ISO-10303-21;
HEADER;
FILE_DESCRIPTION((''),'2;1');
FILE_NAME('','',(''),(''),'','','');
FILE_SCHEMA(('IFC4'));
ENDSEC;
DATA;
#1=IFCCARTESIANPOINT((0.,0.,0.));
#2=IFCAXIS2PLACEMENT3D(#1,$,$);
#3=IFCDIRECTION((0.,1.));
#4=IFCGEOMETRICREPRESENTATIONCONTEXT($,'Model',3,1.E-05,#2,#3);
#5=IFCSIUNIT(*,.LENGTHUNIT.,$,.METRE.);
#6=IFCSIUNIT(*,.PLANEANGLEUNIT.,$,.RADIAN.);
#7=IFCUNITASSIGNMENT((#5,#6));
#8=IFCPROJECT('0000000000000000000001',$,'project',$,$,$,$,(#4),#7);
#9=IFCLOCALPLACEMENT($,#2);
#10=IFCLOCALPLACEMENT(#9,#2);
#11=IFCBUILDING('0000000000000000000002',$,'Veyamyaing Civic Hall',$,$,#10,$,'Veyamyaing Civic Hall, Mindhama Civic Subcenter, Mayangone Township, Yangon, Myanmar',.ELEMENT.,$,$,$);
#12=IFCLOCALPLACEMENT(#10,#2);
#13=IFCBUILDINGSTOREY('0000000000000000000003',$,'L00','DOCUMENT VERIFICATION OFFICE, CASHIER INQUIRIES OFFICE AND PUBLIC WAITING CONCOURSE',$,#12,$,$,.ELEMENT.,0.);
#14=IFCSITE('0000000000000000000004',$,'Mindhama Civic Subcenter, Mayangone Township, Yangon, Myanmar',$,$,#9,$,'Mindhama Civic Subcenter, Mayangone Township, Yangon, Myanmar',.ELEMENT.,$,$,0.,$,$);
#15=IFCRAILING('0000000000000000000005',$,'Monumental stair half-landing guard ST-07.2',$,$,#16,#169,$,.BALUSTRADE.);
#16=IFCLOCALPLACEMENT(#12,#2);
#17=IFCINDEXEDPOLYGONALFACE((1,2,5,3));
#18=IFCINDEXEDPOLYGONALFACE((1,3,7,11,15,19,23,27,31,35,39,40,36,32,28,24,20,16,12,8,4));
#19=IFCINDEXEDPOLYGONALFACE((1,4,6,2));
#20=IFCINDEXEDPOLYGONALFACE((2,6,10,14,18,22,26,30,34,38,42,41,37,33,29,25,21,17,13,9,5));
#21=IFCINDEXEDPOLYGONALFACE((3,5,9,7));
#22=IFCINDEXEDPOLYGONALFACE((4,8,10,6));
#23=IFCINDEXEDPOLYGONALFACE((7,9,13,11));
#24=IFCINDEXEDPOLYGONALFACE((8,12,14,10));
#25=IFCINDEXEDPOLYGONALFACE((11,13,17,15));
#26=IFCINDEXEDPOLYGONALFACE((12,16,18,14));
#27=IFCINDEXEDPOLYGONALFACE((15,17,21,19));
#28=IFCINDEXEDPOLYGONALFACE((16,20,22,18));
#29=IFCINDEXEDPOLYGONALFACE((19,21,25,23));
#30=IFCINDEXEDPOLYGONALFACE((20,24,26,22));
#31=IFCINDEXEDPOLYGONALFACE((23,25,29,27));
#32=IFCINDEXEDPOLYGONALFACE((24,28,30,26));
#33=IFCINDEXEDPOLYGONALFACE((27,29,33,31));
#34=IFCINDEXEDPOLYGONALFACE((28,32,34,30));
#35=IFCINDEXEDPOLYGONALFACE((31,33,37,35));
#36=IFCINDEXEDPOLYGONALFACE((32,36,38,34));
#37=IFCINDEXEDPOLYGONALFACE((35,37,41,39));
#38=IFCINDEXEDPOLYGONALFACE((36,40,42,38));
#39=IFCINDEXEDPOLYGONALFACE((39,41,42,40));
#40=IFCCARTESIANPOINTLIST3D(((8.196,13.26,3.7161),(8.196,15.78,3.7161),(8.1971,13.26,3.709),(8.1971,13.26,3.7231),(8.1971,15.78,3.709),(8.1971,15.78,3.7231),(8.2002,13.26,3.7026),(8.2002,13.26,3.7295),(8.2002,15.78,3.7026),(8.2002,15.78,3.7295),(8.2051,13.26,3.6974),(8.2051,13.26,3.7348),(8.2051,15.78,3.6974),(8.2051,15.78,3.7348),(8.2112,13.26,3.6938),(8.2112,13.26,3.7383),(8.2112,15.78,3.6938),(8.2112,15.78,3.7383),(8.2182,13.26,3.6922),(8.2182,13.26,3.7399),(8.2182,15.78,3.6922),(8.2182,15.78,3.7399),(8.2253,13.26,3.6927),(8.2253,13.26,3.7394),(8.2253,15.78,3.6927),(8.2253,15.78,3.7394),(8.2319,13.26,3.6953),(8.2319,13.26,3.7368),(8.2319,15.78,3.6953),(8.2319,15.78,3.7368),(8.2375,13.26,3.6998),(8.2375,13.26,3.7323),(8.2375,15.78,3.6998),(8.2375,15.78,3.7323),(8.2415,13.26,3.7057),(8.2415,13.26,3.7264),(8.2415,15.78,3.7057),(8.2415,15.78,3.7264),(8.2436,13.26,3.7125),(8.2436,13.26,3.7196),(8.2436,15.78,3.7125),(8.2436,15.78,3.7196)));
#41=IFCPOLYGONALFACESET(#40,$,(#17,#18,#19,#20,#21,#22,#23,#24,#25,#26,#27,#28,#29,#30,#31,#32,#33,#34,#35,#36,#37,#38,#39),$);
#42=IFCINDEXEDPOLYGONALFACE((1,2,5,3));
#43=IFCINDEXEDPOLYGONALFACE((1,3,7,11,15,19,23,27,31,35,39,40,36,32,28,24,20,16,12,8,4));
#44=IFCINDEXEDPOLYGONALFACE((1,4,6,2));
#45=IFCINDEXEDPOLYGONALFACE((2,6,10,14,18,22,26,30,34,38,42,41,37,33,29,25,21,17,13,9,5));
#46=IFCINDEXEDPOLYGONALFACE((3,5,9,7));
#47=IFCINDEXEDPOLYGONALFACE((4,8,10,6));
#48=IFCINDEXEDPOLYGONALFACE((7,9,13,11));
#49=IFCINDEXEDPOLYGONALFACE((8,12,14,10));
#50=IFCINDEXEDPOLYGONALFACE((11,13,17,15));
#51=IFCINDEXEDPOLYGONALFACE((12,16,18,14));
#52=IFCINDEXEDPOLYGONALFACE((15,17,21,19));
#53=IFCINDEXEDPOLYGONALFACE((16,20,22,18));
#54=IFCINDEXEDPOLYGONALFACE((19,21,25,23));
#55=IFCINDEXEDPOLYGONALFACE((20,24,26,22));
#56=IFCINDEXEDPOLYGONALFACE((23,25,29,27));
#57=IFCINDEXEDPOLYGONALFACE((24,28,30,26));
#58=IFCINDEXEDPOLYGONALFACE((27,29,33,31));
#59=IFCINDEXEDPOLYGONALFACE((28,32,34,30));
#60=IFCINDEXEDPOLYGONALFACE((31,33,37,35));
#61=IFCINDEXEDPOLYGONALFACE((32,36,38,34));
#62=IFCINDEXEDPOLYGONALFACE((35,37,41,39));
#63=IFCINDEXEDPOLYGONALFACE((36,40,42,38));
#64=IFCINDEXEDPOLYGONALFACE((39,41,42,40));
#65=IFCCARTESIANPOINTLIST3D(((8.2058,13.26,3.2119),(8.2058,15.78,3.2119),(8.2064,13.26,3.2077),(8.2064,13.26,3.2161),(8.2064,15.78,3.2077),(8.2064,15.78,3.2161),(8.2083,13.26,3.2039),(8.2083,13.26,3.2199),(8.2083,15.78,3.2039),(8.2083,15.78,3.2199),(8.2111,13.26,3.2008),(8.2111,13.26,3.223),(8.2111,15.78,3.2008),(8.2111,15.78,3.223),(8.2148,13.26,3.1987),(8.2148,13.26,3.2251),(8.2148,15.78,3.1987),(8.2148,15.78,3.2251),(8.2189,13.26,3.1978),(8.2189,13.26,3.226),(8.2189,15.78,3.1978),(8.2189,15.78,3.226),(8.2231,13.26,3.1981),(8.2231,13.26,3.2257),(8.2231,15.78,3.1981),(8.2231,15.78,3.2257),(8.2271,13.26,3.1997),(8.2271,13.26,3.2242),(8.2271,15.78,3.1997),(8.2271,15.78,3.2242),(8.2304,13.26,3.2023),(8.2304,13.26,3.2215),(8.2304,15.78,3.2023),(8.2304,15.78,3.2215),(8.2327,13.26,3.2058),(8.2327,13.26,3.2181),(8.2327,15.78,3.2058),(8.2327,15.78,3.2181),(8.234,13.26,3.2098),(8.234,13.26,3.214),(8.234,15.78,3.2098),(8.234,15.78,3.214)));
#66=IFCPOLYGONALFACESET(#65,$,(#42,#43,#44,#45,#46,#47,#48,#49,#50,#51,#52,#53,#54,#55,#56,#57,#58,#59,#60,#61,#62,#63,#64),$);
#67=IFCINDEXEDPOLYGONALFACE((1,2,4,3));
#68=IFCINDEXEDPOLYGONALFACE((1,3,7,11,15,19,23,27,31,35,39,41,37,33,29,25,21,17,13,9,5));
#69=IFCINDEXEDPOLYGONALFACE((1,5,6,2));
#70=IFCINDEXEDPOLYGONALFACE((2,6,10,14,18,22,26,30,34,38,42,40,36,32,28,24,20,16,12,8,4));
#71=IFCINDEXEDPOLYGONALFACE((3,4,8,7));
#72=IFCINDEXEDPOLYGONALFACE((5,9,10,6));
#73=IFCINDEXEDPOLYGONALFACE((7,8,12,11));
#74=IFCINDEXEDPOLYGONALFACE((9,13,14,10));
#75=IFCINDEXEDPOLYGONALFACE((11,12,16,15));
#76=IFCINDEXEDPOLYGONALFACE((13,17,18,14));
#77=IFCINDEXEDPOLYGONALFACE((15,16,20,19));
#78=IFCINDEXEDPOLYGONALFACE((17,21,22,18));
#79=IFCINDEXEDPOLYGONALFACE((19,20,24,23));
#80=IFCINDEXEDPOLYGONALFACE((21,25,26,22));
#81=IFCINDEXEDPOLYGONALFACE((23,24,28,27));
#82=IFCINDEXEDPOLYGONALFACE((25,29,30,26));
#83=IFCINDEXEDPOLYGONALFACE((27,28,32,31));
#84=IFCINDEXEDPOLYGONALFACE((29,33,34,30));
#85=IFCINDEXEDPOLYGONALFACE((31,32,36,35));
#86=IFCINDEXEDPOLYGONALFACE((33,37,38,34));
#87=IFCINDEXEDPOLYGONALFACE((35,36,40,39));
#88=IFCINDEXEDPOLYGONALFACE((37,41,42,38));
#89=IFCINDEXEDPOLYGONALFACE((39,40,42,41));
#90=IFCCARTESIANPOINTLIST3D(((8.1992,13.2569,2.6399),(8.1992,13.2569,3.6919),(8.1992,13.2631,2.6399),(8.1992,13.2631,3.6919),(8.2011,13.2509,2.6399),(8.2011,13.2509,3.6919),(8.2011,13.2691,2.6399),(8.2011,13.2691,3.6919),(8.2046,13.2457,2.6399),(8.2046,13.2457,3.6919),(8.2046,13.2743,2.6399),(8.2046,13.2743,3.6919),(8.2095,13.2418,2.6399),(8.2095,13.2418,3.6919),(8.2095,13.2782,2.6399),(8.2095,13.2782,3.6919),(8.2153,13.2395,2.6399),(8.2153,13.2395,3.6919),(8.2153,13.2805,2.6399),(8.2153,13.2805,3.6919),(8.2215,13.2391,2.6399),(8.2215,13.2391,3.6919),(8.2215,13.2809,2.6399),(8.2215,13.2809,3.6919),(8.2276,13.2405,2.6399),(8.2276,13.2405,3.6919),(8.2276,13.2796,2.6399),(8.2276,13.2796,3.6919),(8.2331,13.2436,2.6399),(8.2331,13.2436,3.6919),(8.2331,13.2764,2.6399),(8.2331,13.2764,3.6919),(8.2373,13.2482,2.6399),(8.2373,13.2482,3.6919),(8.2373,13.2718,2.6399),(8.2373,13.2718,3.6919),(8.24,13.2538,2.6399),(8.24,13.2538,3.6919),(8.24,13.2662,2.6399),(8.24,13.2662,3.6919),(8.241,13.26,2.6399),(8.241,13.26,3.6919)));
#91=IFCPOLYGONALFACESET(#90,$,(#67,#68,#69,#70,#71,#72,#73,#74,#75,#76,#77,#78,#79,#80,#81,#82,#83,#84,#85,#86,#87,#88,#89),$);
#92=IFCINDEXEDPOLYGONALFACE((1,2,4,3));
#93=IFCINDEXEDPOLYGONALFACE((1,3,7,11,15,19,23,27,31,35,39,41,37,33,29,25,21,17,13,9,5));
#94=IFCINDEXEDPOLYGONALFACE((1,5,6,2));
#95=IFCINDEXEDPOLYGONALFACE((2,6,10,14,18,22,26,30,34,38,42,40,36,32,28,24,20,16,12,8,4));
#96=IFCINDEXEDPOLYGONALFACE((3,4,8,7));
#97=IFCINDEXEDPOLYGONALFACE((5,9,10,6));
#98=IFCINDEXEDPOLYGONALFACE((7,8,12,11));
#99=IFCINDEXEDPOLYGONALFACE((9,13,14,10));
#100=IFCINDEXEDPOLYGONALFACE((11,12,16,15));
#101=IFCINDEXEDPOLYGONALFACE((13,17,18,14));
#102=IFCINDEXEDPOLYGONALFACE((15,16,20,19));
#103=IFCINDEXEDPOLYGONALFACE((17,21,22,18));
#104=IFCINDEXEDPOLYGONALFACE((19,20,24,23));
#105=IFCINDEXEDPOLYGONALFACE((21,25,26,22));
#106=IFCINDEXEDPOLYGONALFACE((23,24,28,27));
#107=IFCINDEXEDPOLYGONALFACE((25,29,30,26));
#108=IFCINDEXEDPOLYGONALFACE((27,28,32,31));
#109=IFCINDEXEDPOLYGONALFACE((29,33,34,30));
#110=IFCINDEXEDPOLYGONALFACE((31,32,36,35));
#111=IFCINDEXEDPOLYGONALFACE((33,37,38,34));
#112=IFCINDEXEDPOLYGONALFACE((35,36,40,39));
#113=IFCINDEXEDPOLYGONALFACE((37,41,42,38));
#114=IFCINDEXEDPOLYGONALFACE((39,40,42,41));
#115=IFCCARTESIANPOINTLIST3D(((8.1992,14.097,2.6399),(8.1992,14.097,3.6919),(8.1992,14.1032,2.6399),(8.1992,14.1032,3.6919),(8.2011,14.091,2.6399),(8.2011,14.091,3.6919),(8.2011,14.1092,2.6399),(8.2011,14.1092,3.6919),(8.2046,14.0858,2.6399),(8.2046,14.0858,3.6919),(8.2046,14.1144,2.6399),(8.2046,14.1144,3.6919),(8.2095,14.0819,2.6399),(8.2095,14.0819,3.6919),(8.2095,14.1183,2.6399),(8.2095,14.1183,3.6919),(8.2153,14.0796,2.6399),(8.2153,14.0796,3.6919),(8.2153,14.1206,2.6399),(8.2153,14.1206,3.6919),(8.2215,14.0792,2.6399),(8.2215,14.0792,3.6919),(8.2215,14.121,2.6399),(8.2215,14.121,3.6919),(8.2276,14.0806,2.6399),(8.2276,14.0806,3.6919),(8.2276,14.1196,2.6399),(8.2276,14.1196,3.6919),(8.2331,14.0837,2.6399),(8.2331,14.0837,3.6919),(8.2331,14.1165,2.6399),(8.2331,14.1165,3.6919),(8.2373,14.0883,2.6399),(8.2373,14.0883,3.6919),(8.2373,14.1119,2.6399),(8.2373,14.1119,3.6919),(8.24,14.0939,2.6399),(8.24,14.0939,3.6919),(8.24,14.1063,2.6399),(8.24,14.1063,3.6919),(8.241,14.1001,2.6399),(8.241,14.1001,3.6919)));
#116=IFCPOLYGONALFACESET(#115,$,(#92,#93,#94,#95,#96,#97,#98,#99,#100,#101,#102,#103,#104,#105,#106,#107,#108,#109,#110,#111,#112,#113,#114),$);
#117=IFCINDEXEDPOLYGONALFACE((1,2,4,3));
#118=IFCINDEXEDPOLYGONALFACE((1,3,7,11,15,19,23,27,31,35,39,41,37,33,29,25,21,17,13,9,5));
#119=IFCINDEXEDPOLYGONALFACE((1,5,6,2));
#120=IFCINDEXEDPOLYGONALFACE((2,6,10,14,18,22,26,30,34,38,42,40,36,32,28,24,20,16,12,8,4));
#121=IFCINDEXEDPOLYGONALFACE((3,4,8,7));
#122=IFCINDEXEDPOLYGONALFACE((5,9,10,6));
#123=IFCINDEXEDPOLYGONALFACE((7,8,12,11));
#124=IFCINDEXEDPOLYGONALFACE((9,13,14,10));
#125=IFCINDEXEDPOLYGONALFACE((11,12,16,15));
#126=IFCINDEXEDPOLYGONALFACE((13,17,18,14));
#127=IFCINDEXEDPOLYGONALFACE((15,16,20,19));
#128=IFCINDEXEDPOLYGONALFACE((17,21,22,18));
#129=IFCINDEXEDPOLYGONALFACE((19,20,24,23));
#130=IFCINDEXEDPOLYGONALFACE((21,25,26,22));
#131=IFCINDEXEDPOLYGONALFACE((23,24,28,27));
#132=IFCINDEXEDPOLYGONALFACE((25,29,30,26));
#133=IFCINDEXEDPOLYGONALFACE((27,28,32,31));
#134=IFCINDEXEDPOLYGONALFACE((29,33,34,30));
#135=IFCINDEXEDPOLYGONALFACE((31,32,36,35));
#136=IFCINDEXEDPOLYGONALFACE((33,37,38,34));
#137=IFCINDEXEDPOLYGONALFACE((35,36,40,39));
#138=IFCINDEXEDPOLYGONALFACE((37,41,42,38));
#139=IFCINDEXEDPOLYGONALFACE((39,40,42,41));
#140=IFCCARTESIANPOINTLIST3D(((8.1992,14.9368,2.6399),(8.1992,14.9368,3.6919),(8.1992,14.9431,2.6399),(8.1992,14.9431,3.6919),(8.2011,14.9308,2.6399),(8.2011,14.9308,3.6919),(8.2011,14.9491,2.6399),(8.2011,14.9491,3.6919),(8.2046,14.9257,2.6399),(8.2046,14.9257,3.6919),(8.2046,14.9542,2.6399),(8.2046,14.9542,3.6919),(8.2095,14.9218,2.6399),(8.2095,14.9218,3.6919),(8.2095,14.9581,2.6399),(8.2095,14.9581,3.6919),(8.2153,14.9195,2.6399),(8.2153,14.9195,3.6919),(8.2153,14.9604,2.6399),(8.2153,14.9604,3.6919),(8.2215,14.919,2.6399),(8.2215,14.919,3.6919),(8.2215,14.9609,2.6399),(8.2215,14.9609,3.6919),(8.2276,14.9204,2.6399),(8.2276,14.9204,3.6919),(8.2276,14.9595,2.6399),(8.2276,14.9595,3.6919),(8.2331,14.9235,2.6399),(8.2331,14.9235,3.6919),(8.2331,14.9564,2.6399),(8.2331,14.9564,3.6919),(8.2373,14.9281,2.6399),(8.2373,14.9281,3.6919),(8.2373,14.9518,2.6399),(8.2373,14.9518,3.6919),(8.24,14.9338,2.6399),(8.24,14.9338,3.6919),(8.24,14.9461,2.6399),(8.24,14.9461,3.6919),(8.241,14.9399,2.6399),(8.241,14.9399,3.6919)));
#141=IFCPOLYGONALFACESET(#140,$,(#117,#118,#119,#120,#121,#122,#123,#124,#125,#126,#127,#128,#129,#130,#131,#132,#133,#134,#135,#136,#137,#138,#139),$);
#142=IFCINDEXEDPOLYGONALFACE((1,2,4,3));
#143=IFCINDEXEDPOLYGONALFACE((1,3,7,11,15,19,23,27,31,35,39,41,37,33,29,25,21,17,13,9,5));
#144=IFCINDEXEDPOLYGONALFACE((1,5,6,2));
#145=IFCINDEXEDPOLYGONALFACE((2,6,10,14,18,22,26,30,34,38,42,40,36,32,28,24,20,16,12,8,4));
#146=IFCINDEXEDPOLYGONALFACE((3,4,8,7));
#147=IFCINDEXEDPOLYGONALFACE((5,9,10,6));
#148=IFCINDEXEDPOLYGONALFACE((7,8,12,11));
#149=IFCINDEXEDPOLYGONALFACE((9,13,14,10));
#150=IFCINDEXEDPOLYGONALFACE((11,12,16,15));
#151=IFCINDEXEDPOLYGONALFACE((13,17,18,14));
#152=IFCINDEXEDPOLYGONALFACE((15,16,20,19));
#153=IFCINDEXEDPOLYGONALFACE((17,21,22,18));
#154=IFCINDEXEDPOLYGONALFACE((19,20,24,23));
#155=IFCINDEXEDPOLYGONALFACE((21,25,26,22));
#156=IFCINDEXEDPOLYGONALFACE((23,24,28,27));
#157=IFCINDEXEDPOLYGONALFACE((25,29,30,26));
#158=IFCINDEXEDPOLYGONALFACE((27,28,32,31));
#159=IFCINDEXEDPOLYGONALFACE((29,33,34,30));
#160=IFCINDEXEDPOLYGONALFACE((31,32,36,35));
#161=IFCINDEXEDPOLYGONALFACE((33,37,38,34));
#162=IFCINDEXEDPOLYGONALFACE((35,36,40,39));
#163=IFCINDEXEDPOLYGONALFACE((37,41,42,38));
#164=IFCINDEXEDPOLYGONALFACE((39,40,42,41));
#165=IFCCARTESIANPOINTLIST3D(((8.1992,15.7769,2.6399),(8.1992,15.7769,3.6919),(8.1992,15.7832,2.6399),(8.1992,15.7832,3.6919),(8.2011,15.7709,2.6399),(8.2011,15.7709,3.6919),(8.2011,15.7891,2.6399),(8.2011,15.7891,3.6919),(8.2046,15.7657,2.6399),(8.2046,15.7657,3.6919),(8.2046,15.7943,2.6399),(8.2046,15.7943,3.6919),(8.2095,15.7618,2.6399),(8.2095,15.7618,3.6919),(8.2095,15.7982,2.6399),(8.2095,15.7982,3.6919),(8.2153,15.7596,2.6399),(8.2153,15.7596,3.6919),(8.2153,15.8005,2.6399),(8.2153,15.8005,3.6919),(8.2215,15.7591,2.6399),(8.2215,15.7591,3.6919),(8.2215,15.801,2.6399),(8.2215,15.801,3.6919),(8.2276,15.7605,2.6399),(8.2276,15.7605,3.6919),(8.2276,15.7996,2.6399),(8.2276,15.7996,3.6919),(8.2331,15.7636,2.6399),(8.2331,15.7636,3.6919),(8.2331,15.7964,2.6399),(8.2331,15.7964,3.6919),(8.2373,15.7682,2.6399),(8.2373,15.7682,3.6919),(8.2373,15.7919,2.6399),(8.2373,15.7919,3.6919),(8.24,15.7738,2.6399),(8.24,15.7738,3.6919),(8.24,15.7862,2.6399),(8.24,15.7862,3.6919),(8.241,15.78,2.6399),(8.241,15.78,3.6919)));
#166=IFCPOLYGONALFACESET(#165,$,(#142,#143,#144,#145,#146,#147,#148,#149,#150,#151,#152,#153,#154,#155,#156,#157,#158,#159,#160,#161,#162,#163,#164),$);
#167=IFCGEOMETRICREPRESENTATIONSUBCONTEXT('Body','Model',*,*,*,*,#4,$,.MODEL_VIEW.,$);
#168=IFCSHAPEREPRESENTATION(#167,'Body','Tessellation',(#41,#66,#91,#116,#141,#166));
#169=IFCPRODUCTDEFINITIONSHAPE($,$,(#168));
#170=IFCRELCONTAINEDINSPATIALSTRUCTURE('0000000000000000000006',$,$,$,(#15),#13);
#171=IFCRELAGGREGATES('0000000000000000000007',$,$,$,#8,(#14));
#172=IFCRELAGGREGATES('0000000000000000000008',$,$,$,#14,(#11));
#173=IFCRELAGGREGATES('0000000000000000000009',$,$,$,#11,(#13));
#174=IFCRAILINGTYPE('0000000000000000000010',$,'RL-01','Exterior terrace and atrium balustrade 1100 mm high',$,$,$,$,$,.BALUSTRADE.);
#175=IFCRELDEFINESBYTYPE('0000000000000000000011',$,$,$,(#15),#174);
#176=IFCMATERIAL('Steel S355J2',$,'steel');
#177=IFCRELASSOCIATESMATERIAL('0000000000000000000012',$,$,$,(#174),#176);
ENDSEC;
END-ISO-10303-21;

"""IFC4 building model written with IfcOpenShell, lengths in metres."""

from ifc_helpers import new_model, si_unit, direction, frame, origin, origin_2d, place, context, subcontext, project, spatial, circle, extrude, material, type_object, element, save


model = new_model("IFC4")

# Units and contexts
model_context = context("Model", 3, precision=1e-05, world=origin(), true_north=direction((0.0, 1.0)))
body_context = subcontext(model_context, "Body", "Model", "MODEL_VIEW")
ifc_project = project(units=[si_unit("LENGTHUNIT", "METRE"), si_unit("PLANEANGLEUNIT", "RADIAN")], contexts=[model_context])

# Site, building, storey
site_placement = place(None, origin())
site = spatial("IfcSite", under=ifc_project, at=site_placement, Name="Mindhama Civic Subcenter, Mayangone Township, Yangon, Myanmar", LongName="Mindhama Civic Subcenter, Mayangone Township, Yangon, Myanmar", CompositionType="ELEMENT", RefElevation=0.0)
building_placement = place(site_placement, origin())
building = spatial("IfcBuilding", under=site, at=building_placement, Name="Veyamyaing Civic Hall", LongName="Veyamyaing Civic Hall, Mindhama Civic Subcenter, Mayangone Township, Yangon, Myanmar", CompositionType="ELEMENT")
storey_placement = place(building_placement, origin())
storey = spatial("IfcBuildingStorey", under=building, at=storey_placement, Name="L00", Description="DOCUMENT VERIFICATION OFFICE, CASHIER INQUIRIES OFFICE AND PUBLIC WAITING CONCOURSE", CompositionType="ELEMENT", Elevation=0.0)

# Railing
ifc_material_1 = material(Name="Steel S355J2", Category="steel")
railing_type_1 = type_object("IfcRailingType", Name="RL-01", Description="Exterior terrace and atrium balustrade 1100 mm high", PredefinedType="BALUSTRADE", material=ifc_material_1)
railing_1_placement = place(storey_placement, frame((8.22, 13.26, 2.6399)))
element("IfcRailing", 1, at=railing_1_placement, inside=storey, type_object=railing_type_1, Name="Monumental stair half-landing guard ST-07.2", PredefinedType="BALUSTRADE", context=body_context, shape_type="SweptSolid", body=[
    extrude(circle(Radius=0.0239, at=origin_2d()), frame((0.0, 0.0, 1.0762), z_axis=(0.0, 1.0, 0.0), x_axis=(-1.0, 0.0, 0.0)), (0.0, 0.0, 1.0), 2.52),
    extrude(circle(Radius=0.0142, at=origin_2d()), frame((0.0, 0.0, 0.572), z_axis=(0.0, 1.0, 0.0), x_axis=(-1.0, 0.0, 0.0)), (0.0, 0.0, 1.0), 2.52),
    extrude(circle(Radius=0.021, at=origin_2d()), origin(), (0.0, 0.0, 1.0), 1.052),
    extrude(circle(Radius=0.021, at=origin_2d()), frame((0.0, 0.8401, 0.0)), (0.0, 0.0, 1.0), 1.052),
    extrude(circle(Radius=0.021, at=origin_2d()), frame((0.0, 1.6799, 0.0)), (0.0, 0.0, 1.0), 1.052),
    extrude(circle(Radius=0.021, at=origin_2d()), frame((0.0, 2.52, 0.0)), (0.0, 0.0, 1.0), 1.052),
])

save(model, "model.ifc")
